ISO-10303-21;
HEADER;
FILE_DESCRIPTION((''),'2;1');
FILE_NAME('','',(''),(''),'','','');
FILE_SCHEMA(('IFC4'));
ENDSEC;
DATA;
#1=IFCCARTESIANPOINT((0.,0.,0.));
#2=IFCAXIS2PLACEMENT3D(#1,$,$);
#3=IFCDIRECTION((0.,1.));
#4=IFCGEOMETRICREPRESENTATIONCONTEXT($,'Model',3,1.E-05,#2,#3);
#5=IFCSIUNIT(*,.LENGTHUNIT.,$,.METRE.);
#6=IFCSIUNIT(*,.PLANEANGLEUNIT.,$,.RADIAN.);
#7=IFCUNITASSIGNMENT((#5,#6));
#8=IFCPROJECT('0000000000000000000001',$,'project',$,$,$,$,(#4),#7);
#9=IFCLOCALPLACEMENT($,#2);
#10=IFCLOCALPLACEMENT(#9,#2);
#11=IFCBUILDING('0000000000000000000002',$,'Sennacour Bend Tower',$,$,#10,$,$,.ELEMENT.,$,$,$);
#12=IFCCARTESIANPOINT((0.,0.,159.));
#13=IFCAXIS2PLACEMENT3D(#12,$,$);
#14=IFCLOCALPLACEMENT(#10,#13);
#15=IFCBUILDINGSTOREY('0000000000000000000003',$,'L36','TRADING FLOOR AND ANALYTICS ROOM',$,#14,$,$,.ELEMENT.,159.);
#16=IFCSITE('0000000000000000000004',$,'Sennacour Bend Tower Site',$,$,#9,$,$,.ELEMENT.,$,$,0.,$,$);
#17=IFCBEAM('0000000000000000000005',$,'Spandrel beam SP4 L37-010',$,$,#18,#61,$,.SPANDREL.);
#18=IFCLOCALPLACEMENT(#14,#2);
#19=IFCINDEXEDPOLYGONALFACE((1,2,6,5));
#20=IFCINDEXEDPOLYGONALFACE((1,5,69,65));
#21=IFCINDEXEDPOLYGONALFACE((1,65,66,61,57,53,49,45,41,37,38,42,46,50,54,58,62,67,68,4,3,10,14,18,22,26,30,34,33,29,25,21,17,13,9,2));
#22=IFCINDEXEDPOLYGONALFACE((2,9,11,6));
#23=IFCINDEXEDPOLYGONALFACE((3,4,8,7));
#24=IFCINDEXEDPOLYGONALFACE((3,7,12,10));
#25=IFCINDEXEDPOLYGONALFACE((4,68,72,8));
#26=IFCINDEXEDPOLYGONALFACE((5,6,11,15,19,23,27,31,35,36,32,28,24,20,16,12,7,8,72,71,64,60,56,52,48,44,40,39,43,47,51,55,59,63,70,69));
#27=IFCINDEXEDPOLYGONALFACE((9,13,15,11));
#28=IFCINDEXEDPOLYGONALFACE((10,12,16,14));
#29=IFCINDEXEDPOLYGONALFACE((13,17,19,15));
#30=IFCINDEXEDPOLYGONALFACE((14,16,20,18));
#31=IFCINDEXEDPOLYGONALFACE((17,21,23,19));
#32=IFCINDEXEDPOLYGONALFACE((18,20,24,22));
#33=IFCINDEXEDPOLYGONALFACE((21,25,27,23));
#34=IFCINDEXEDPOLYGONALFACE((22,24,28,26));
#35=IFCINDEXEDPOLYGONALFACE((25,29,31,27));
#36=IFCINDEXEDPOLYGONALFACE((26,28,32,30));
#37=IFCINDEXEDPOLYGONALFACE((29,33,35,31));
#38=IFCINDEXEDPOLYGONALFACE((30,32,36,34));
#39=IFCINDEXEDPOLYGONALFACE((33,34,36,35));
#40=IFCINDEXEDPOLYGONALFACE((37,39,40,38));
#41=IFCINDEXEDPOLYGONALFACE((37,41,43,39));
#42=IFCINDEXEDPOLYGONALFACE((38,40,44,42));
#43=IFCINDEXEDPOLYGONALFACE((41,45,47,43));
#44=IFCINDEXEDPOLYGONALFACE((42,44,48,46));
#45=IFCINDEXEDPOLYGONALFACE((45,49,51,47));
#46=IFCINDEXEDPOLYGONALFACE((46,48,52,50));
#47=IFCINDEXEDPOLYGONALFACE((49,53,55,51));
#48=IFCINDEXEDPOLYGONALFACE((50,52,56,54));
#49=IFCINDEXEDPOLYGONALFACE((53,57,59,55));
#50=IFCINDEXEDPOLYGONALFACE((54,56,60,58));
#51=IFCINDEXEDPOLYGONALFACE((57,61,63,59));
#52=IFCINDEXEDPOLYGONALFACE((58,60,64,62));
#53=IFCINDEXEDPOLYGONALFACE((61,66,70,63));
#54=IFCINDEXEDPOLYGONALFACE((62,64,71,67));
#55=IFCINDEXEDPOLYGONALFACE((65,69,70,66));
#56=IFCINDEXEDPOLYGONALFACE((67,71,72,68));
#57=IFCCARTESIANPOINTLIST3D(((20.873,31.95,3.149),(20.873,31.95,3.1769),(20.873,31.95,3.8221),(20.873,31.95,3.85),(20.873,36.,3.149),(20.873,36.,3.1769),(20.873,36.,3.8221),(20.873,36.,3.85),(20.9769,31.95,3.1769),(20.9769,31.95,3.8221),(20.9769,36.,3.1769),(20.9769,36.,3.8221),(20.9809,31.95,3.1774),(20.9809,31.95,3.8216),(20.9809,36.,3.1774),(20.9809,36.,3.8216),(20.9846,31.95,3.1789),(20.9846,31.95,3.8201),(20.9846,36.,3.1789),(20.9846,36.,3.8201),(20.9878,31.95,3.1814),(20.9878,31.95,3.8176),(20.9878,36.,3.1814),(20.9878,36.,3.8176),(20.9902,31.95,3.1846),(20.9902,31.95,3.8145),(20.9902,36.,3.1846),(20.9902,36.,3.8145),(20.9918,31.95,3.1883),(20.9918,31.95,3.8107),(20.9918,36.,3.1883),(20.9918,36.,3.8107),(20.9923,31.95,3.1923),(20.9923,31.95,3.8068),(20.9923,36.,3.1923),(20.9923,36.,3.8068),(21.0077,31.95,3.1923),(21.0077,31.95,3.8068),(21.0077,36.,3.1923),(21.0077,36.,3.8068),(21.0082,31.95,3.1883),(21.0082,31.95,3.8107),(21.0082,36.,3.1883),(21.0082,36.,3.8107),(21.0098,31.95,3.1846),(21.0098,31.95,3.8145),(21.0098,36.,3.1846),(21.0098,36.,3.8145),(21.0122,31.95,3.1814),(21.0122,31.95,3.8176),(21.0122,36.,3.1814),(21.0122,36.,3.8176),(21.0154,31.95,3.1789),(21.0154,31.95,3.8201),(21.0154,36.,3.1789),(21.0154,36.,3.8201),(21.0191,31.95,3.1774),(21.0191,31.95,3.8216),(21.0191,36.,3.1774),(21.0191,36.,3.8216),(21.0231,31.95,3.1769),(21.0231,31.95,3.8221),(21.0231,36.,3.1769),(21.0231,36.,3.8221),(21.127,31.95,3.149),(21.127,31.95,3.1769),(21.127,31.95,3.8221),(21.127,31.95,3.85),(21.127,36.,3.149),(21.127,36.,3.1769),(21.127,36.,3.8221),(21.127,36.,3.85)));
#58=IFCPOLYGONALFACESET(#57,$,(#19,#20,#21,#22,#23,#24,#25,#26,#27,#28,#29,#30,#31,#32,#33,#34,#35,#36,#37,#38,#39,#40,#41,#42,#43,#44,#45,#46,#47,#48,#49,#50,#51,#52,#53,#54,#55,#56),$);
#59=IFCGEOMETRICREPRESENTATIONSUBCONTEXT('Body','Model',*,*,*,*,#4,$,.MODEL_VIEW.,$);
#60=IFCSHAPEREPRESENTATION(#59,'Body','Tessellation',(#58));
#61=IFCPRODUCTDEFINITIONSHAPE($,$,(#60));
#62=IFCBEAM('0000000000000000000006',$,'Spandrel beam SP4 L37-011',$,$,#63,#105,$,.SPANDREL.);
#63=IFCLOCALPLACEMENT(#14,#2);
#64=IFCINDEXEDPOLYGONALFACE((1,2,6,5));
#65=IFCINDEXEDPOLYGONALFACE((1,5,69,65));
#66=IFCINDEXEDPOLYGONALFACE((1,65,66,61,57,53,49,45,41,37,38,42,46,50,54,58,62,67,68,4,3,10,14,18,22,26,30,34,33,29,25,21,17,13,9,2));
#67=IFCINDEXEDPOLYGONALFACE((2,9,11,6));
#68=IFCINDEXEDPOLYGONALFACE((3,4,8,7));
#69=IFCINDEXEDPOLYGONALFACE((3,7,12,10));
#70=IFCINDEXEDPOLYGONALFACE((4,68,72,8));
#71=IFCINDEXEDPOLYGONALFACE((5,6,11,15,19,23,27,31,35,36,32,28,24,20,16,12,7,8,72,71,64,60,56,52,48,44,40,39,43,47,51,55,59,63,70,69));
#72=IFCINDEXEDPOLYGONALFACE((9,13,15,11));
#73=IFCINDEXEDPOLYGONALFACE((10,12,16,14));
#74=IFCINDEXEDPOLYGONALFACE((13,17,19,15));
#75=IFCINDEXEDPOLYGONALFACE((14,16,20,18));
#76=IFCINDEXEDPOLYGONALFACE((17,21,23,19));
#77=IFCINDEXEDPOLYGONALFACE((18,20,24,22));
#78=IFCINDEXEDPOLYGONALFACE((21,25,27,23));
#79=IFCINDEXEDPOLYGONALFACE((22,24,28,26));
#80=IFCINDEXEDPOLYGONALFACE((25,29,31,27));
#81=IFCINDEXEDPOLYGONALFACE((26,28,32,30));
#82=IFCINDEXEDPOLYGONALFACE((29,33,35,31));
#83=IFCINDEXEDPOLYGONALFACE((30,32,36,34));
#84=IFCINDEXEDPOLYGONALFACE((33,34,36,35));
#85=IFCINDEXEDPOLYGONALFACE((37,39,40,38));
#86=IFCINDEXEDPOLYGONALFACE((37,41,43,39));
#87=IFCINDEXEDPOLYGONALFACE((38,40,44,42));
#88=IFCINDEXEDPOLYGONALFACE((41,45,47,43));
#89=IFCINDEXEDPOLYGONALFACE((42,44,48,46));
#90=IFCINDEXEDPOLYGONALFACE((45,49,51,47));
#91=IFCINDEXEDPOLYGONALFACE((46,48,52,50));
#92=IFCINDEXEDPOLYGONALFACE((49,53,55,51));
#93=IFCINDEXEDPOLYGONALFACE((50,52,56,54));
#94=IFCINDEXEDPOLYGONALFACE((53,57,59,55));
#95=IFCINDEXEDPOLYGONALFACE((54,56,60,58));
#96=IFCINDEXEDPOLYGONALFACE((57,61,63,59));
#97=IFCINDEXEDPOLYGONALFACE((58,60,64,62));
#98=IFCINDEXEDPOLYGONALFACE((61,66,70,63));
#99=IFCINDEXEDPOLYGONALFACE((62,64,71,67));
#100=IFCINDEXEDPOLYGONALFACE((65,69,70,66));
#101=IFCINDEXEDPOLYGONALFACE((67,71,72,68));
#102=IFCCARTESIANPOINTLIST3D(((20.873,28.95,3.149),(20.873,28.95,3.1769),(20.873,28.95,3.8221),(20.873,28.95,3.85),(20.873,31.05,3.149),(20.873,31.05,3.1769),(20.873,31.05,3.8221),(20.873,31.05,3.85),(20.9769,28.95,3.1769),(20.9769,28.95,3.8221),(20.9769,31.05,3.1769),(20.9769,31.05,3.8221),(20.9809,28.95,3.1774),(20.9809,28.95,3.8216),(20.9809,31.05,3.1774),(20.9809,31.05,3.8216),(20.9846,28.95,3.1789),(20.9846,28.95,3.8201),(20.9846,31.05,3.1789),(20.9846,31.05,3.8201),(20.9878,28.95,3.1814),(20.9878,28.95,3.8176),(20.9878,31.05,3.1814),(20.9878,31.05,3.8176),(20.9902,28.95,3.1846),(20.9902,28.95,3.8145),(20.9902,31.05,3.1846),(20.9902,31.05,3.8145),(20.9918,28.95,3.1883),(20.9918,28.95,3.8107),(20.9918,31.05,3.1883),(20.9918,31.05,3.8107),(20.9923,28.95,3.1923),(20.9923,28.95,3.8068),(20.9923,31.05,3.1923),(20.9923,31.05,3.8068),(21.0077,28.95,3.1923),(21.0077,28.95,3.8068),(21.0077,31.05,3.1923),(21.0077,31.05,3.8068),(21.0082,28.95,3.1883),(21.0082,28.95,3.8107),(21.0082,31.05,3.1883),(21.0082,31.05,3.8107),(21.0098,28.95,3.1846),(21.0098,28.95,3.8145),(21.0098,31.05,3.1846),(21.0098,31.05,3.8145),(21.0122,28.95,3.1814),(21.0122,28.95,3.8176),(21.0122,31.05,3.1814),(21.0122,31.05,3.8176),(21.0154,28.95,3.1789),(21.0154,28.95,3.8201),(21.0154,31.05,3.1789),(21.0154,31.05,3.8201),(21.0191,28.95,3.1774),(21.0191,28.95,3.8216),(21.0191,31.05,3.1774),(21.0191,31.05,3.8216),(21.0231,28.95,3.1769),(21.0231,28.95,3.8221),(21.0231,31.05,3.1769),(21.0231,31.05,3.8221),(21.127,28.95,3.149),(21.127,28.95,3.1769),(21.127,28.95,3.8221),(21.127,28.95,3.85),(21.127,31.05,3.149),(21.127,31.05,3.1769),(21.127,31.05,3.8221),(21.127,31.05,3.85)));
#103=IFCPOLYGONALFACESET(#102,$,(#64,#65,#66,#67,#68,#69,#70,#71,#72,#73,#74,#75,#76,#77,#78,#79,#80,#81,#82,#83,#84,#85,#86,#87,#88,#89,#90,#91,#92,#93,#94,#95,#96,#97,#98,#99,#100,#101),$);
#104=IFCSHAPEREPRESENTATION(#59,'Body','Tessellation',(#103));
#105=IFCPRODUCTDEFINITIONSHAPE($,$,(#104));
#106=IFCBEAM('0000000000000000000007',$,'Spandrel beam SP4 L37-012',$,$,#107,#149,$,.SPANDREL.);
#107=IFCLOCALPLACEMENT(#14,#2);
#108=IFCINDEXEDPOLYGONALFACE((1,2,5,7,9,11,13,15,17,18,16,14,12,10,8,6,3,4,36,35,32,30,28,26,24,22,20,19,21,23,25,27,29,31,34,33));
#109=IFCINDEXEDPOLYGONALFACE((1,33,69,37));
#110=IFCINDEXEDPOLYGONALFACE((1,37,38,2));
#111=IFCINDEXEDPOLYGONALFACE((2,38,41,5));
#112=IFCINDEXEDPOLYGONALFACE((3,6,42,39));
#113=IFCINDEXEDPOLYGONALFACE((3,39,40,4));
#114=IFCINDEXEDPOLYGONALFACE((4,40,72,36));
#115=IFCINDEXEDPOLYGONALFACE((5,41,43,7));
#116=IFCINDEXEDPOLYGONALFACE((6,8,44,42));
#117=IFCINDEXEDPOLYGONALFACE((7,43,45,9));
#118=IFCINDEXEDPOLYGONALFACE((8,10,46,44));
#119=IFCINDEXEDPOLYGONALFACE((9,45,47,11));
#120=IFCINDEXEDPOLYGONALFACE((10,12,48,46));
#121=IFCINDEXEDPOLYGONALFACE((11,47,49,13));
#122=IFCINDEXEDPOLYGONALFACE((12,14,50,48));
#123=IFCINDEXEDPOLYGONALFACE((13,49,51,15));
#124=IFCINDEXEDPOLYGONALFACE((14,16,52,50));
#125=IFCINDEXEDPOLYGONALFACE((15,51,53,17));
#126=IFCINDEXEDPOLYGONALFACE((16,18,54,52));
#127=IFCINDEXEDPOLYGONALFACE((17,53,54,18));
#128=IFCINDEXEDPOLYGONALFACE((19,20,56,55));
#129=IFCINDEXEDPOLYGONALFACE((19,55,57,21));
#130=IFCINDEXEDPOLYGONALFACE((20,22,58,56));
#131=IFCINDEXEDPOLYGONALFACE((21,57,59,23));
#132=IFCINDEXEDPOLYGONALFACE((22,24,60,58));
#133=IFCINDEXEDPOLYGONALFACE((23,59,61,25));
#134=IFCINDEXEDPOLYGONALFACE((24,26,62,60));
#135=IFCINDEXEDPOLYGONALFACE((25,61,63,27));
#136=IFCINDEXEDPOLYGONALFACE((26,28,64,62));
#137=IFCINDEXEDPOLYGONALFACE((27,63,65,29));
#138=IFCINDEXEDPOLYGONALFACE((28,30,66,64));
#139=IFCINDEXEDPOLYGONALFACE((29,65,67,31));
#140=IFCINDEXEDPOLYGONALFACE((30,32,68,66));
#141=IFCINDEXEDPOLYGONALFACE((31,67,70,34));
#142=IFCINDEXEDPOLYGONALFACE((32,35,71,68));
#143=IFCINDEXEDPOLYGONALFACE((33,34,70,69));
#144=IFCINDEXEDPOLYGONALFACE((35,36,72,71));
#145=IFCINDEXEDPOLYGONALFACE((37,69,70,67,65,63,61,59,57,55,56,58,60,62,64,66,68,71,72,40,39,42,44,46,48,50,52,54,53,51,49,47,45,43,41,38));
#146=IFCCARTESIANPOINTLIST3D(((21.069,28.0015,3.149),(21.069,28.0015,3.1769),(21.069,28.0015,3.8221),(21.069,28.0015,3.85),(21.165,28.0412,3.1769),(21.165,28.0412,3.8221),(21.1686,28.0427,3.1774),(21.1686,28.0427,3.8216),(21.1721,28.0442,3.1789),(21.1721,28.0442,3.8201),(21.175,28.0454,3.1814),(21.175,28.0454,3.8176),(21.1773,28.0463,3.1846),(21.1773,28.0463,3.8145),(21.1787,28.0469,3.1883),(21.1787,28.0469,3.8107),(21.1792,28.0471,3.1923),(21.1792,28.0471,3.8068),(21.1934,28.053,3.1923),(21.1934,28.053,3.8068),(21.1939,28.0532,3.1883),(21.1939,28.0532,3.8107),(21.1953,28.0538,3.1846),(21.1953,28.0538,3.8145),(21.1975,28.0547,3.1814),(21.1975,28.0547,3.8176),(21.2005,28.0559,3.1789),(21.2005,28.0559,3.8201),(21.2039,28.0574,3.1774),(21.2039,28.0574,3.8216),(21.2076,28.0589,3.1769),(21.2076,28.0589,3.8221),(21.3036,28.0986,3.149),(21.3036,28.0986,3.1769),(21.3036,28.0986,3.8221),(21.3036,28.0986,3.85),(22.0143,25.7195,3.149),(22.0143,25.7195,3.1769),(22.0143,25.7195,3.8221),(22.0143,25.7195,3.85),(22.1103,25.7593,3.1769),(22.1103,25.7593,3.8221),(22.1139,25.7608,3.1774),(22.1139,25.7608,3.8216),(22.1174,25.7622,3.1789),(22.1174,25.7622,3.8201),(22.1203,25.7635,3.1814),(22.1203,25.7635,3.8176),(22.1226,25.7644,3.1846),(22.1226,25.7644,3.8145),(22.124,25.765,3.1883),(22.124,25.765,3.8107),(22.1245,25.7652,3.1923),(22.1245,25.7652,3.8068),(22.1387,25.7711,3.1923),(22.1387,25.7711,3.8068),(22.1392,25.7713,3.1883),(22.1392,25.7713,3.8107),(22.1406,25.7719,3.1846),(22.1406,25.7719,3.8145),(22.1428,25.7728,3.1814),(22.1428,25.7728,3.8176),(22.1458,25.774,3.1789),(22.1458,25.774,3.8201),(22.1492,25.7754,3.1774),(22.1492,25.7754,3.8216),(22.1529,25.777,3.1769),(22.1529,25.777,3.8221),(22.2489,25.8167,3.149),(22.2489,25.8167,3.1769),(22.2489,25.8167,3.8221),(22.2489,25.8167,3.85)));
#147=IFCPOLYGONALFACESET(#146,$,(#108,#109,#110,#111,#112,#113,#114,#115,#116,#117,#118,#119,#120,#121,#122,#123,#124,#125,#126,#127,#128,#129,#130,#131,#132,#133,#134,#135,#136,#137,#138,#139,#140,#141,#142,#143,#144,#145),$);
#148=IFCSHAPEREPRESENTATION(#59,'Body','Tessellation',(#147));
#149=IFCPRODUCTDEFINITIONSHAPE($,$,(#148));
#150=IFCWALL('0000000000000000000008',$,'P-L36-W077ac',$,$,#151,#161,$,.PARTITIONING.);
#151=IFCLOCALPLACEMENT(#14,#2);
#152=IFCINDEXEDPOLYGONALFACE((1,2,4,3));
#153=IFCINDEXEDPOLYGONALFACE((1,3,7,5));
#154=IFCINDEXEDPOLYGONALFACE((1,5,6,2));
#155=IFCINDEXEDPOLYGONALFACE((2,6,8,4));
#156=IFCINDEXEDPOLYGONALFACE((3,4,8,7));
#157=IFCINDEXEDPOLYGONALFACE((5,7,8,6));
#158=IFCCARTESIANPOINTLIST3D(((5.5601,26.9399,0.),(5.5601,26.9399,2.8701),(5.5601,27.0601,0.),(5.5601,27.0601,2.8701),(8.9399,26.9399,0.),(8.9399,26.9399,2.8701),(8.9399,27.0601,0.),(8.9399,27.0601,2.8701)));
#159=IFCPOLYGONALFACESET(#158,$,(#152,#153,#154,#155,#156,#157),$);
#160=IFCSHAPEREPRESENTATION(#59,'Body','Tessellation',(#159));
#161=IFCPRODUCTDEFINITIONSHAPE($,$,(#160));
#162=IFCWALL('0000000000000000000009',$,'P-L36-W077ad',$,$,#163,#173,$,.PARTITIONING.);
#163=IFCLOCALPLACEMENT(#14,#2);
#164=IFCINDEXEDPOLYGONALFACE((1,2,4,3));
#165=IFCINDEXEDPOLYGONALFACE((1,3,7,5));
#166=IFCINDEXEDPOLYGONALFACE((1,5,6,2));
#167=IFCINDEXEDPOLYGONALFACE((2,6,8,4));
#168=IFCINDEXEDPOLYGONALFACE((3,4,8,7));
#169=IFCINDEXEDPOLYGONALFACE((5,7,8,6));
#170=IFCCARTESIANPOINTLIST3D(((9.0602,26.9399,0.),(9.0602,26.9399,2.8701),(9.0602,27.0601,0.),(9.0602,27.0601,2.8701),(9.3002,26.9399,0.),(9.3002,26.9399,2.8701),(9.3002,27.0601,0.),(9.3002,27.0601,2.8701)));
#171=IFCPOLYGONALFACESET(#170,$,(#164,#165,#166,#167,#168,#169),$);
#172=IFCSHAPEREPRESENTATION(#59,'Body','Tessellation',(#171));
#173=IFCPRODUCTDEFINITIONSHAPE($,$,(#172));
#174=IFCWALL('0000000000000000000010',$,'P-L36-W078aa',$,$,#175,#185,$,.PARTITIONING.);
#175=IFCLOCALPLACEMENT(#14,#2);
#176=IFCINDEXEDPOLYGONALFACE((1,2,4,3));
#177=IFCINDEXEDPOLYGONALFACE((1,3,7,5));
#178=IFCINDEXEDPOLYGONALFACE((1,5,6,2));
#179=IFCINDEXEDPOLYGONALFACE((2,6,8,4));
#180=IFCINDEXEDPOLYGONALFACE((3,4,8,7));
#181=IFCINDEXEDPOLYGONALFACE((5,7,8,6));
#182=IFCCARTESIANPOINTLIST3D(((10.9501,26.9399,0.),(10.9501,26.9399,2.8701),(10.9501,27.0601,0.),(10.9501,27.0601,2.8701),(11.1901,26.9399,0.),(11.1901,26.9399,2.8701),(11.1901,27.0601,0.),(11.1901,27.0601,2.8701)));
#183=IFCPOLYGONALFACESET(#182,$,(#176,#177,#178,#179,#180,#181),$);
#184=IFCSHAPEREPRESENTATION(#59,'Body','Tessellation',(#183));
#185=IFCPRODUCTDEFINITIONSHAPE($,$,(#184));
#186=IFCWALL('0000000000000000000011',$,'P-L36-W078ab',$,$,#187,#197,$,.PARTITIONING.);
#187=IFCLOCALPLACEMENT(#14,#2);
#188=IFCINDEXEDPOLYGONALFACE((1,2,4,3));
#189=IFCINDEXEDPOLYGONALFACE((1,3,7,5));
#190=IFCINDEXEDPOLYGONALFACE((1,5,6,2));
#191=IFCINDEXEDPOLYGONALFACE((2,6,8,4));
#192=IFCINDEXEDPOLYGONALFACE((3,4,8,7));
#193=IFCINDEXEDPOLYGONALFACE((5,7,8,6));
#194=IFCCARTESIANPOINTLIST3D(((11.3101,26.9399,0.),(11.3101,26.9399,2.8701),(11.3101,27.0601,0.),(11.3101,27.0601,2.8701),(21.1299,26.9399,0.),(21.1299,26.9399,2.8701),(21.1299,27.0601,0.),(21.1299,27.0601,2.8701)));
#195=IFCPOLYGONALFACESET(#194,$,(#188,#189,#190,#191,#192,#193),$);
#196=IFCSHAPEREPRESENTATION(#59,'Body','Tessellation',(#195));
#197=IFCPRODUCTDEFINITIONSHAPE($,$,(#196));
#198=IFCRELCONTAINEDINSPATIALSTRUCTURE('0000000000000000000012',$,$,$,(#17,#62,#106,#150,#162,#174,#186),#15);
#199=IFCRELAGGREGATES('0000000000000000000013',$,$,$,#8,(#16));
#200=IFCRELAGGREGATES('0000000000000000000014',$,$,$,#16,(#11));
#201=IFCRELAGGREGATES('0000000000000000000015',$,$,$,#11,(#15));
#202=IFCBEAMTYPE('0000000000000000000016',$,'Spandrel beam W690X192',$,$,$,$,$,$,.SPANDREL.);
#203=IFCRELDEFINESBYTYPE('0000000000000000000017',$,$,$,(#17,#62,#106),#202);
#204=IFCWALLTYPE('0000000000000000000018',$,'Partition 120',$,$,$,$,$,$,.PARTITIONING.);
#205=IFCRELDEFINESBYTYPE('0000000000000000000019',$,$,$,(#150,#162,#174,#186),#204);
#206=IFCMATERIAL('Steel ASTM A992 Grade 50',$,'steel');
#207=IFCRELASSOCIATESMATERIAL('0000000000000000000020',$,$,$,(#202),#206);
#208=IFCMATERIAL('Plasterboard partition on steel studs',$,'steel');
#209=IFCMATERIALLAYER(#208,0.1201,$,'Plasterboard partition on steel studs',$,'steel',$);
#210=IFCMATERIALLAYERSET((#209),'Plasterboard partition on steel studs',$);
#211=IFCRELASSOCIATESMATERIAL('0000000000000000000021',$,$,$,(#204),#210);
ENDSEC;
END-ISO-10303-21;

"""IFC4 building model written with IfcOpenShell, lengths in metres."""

from ifc_helpers import new_model, si_unit, direction, frame, frame_2d, origin, origin_2d, place, context, subcontext, project, spatial, rectangle, i_section, extrude, material, layer, layer_set, material_profile, profile_set, type_object, element, save


model = new_model("IFC4")

# Units and contexts
model_context = context("Model", 3, precision=1e-05, world=origin(), true_north=direction((0.0, 1.0)))
body_context = subcontext(model_context, "Body", "Model", "MODEL_VIEW")
ifc_project = project(units=[si_unit("LENGTHUNIT", "METRE"), si_unit("PLANEANGLEUNIT", "RADIAN")], contexts=[model_context])

# Site, building, storey
site_placement = place(None, origin())
site = spatial("IfcSite", under=ifc_project, at=site_placement, Name="Sennacour Bend Tower Site", CompositionType="ELEMENT", RefElevation=0.0)
building_placement = place(site_placement, origin())
building = spatial("IfcBuilding", under=site, at=building_placement, Name="Sennacour Bend Tower", CompositionType="ELEMENT")
storey_placement = place(building_placement, frame((0.0, 0.0, 159.0)))
storey = spatial("IfcBuildingStorey", under=building, at=storey_placement, Name="L36", Description="TRADING FLOOR AND ANALYTICS ROOM", CompositionType="ELEMENT", Elevation=159.0)

# Beams
ifc_material_1 = material(Name="Steel ASTM A992 Grade 50", Category="steel")
ifc_material_profile_1 = material_profile(ifc_material_1, i_section(OverallWidth=0.2539, OverallDepth=0.7009, WebThickness=0.0154, FlangeThickness=0.0278, FilletRadius=0.0154, at=origin_2d()), Name="Steel ASTM A992 Grade 50", Category="steel")
ifc_profile_set_1 = profile_set([ifc_material_profile_1], Name="Steel ASTM A992 Grade 50")
beam_type_1 = type_object("IfcBeamType", Name="Spandrel beam W690X192", PredefinedType="SPANDREL", material=ifc_profile_set_1)
beam_1_placement = place(storey_placement, frame((21.0, 36.0, 3.4995), z_axis=(0.0, -1.0, 0.0), x_axis=(1.0, 0.0, 0.0)))
element("IfcBeam", 1, at=beam_1_placement, inside=storey, type_object=beam_type_1, Name="Spandrel beam SP4 L37-010", PredefinedType="SPANDREL", context=body_context, shape_type="SweptSolid", body=[
    extrude(i_section(OverallWidth=0.2539, OverallDepth=0.7009, WebThickness=0.0154, FlangeThickness=0.0278, FilletRadius=0.0154, at=origin_2d()), origin(), (0.0, 0.0, 1.0), 4.05),
])
beam_2_placement = place(storey_placement, frame((21.0, 31.05, 3.4995), z_axis=(0.0, -1.0, 0.0), x_axis=(1.0, 0.0, 0.0)))
element("IfcBeam", 2, at=beam_2_placement, inside=storey, type_object=beam_type_1, Name="Spandrel beam SP4 L37-011", PredefinedType="SPANDREL", context=body_context, shape_type="SweptSolid", body=[
    extrude(i_section(OverallWidth=0.2539, OverallDepth=0.7009, WebThickness=0.0154, FlangeThickness=0.0278, FilletRadius=0.0154, at=origin_2d()), origin(), (0.0, 0.0, 1.0), 2.1001),
])
beam_3_placement = place(storey_placement, frame((21.1863, 28.05, 3.4995), z_axis=(0.382713, -0.923867, 0.0), x_axis=(0.923867, 0.382713, 0.0)))
element("IfcBeam", 3, at=beam_3_placement, inside=storey, type_object=beam_type_1, Name="Spandrel beam SP4 L37-012", PredefinedType="SPANDREL", context=body_context, shape_type="SweptSolid", body=[
    extrude(i_section(OverallWidth=0.2539, OverallDepth=0.7009, WebThickness=0.0154, FlangeThickness=0.0278, FilletRadius=0.0154, at=origin_2d()), origin(), (0.0, 0.0, 1.0), 2.47),
])

# Walls
ifc_material_2 = material(Name="Plasterboard partition on steel studs", Category="steel")
ifc_layer_1 = layer(ifc_material_2, 0.1201, Name="Plasterboard partition on steel studs", Category="steel")
ifc_layer_set_1 = layer_set([ifc_layer_1], Name="Plasterboard partition on steel studs")
wall_type_1 = type_object("IfcWallType", Name="Partition 120", PredefinedType="PARTITIONING", material=ifc_layer_set_1)
wall_1_placement = place(storey_placement, frame((5.5601, 27.0, 0.0), z_axis=(0.0, 0.0, 1.0), x_axis=(1.0, 0.0, 0.0)))
element("IfcWall", 4, at=wall_1_placement, inside=storey, type_object=wall_type_1, Name="P-L36-W077ac", PredefinedType="PARTITIONING", context=body_context, shape_type="SweptSolid", body=[
    extrude(rectangle(XDim=3.3799, YDim=0.1201, at=frame_2d((1.6899, 0.0))), origin(), (0.0, 0.0, 1.0), 2.8701),
])
for number, where, z_axis, x_axis, name in (
    (5, (9.0601, 27.0, 0.0), (0.0, 0.0, 1.0), (1.0, 0.0, 0.0), "P-L36-W077ad"),
    (6, (10.95, 27.0, 0.0), (0.0, 0.0, 1.0), (1.0, 0.0, 0.0), "P-L36-W078aa"),
):
    element("IfcWall", number, at=place(storey_placement, frame(where, z_axis=z_axis, x_axis=x_axis)), inside=storey, type_object=wall_type_1, Name=name, PredefinedType="PARTITIONING", context=body_context, shape_type="SweptSolid", body=[
        extrude(rectangle(XDim=0.24, YDim=0.1201, at=frame_2d((0.1201, 0.0))), origin(), (0.0, 0.0, 1.0), 2.8701),
    ])
wall_2_placement = place(storey_placement, frame((11.3101, 27.0, 0.0), z_axis=(0.0, 0.0, 1.0), x_axis=(1.0, 0.0, 0.0)))
element("IfcWall", 7, at=wall_2_placement, inside=storey, type_object=wall_type_1, Name="P-L36-W078ab", PredefinedType="PARTITIONING", context=body_context, shape_type="SweptSolid", body=[
    extrude(rectangle(XDim=9.8198, YDim=0.1201, at=frame_2d((4.9099, 0.0))), origin(), (0.0, 0.0, 1.0), 2.8701),
])

save(model, "model.ifc")
